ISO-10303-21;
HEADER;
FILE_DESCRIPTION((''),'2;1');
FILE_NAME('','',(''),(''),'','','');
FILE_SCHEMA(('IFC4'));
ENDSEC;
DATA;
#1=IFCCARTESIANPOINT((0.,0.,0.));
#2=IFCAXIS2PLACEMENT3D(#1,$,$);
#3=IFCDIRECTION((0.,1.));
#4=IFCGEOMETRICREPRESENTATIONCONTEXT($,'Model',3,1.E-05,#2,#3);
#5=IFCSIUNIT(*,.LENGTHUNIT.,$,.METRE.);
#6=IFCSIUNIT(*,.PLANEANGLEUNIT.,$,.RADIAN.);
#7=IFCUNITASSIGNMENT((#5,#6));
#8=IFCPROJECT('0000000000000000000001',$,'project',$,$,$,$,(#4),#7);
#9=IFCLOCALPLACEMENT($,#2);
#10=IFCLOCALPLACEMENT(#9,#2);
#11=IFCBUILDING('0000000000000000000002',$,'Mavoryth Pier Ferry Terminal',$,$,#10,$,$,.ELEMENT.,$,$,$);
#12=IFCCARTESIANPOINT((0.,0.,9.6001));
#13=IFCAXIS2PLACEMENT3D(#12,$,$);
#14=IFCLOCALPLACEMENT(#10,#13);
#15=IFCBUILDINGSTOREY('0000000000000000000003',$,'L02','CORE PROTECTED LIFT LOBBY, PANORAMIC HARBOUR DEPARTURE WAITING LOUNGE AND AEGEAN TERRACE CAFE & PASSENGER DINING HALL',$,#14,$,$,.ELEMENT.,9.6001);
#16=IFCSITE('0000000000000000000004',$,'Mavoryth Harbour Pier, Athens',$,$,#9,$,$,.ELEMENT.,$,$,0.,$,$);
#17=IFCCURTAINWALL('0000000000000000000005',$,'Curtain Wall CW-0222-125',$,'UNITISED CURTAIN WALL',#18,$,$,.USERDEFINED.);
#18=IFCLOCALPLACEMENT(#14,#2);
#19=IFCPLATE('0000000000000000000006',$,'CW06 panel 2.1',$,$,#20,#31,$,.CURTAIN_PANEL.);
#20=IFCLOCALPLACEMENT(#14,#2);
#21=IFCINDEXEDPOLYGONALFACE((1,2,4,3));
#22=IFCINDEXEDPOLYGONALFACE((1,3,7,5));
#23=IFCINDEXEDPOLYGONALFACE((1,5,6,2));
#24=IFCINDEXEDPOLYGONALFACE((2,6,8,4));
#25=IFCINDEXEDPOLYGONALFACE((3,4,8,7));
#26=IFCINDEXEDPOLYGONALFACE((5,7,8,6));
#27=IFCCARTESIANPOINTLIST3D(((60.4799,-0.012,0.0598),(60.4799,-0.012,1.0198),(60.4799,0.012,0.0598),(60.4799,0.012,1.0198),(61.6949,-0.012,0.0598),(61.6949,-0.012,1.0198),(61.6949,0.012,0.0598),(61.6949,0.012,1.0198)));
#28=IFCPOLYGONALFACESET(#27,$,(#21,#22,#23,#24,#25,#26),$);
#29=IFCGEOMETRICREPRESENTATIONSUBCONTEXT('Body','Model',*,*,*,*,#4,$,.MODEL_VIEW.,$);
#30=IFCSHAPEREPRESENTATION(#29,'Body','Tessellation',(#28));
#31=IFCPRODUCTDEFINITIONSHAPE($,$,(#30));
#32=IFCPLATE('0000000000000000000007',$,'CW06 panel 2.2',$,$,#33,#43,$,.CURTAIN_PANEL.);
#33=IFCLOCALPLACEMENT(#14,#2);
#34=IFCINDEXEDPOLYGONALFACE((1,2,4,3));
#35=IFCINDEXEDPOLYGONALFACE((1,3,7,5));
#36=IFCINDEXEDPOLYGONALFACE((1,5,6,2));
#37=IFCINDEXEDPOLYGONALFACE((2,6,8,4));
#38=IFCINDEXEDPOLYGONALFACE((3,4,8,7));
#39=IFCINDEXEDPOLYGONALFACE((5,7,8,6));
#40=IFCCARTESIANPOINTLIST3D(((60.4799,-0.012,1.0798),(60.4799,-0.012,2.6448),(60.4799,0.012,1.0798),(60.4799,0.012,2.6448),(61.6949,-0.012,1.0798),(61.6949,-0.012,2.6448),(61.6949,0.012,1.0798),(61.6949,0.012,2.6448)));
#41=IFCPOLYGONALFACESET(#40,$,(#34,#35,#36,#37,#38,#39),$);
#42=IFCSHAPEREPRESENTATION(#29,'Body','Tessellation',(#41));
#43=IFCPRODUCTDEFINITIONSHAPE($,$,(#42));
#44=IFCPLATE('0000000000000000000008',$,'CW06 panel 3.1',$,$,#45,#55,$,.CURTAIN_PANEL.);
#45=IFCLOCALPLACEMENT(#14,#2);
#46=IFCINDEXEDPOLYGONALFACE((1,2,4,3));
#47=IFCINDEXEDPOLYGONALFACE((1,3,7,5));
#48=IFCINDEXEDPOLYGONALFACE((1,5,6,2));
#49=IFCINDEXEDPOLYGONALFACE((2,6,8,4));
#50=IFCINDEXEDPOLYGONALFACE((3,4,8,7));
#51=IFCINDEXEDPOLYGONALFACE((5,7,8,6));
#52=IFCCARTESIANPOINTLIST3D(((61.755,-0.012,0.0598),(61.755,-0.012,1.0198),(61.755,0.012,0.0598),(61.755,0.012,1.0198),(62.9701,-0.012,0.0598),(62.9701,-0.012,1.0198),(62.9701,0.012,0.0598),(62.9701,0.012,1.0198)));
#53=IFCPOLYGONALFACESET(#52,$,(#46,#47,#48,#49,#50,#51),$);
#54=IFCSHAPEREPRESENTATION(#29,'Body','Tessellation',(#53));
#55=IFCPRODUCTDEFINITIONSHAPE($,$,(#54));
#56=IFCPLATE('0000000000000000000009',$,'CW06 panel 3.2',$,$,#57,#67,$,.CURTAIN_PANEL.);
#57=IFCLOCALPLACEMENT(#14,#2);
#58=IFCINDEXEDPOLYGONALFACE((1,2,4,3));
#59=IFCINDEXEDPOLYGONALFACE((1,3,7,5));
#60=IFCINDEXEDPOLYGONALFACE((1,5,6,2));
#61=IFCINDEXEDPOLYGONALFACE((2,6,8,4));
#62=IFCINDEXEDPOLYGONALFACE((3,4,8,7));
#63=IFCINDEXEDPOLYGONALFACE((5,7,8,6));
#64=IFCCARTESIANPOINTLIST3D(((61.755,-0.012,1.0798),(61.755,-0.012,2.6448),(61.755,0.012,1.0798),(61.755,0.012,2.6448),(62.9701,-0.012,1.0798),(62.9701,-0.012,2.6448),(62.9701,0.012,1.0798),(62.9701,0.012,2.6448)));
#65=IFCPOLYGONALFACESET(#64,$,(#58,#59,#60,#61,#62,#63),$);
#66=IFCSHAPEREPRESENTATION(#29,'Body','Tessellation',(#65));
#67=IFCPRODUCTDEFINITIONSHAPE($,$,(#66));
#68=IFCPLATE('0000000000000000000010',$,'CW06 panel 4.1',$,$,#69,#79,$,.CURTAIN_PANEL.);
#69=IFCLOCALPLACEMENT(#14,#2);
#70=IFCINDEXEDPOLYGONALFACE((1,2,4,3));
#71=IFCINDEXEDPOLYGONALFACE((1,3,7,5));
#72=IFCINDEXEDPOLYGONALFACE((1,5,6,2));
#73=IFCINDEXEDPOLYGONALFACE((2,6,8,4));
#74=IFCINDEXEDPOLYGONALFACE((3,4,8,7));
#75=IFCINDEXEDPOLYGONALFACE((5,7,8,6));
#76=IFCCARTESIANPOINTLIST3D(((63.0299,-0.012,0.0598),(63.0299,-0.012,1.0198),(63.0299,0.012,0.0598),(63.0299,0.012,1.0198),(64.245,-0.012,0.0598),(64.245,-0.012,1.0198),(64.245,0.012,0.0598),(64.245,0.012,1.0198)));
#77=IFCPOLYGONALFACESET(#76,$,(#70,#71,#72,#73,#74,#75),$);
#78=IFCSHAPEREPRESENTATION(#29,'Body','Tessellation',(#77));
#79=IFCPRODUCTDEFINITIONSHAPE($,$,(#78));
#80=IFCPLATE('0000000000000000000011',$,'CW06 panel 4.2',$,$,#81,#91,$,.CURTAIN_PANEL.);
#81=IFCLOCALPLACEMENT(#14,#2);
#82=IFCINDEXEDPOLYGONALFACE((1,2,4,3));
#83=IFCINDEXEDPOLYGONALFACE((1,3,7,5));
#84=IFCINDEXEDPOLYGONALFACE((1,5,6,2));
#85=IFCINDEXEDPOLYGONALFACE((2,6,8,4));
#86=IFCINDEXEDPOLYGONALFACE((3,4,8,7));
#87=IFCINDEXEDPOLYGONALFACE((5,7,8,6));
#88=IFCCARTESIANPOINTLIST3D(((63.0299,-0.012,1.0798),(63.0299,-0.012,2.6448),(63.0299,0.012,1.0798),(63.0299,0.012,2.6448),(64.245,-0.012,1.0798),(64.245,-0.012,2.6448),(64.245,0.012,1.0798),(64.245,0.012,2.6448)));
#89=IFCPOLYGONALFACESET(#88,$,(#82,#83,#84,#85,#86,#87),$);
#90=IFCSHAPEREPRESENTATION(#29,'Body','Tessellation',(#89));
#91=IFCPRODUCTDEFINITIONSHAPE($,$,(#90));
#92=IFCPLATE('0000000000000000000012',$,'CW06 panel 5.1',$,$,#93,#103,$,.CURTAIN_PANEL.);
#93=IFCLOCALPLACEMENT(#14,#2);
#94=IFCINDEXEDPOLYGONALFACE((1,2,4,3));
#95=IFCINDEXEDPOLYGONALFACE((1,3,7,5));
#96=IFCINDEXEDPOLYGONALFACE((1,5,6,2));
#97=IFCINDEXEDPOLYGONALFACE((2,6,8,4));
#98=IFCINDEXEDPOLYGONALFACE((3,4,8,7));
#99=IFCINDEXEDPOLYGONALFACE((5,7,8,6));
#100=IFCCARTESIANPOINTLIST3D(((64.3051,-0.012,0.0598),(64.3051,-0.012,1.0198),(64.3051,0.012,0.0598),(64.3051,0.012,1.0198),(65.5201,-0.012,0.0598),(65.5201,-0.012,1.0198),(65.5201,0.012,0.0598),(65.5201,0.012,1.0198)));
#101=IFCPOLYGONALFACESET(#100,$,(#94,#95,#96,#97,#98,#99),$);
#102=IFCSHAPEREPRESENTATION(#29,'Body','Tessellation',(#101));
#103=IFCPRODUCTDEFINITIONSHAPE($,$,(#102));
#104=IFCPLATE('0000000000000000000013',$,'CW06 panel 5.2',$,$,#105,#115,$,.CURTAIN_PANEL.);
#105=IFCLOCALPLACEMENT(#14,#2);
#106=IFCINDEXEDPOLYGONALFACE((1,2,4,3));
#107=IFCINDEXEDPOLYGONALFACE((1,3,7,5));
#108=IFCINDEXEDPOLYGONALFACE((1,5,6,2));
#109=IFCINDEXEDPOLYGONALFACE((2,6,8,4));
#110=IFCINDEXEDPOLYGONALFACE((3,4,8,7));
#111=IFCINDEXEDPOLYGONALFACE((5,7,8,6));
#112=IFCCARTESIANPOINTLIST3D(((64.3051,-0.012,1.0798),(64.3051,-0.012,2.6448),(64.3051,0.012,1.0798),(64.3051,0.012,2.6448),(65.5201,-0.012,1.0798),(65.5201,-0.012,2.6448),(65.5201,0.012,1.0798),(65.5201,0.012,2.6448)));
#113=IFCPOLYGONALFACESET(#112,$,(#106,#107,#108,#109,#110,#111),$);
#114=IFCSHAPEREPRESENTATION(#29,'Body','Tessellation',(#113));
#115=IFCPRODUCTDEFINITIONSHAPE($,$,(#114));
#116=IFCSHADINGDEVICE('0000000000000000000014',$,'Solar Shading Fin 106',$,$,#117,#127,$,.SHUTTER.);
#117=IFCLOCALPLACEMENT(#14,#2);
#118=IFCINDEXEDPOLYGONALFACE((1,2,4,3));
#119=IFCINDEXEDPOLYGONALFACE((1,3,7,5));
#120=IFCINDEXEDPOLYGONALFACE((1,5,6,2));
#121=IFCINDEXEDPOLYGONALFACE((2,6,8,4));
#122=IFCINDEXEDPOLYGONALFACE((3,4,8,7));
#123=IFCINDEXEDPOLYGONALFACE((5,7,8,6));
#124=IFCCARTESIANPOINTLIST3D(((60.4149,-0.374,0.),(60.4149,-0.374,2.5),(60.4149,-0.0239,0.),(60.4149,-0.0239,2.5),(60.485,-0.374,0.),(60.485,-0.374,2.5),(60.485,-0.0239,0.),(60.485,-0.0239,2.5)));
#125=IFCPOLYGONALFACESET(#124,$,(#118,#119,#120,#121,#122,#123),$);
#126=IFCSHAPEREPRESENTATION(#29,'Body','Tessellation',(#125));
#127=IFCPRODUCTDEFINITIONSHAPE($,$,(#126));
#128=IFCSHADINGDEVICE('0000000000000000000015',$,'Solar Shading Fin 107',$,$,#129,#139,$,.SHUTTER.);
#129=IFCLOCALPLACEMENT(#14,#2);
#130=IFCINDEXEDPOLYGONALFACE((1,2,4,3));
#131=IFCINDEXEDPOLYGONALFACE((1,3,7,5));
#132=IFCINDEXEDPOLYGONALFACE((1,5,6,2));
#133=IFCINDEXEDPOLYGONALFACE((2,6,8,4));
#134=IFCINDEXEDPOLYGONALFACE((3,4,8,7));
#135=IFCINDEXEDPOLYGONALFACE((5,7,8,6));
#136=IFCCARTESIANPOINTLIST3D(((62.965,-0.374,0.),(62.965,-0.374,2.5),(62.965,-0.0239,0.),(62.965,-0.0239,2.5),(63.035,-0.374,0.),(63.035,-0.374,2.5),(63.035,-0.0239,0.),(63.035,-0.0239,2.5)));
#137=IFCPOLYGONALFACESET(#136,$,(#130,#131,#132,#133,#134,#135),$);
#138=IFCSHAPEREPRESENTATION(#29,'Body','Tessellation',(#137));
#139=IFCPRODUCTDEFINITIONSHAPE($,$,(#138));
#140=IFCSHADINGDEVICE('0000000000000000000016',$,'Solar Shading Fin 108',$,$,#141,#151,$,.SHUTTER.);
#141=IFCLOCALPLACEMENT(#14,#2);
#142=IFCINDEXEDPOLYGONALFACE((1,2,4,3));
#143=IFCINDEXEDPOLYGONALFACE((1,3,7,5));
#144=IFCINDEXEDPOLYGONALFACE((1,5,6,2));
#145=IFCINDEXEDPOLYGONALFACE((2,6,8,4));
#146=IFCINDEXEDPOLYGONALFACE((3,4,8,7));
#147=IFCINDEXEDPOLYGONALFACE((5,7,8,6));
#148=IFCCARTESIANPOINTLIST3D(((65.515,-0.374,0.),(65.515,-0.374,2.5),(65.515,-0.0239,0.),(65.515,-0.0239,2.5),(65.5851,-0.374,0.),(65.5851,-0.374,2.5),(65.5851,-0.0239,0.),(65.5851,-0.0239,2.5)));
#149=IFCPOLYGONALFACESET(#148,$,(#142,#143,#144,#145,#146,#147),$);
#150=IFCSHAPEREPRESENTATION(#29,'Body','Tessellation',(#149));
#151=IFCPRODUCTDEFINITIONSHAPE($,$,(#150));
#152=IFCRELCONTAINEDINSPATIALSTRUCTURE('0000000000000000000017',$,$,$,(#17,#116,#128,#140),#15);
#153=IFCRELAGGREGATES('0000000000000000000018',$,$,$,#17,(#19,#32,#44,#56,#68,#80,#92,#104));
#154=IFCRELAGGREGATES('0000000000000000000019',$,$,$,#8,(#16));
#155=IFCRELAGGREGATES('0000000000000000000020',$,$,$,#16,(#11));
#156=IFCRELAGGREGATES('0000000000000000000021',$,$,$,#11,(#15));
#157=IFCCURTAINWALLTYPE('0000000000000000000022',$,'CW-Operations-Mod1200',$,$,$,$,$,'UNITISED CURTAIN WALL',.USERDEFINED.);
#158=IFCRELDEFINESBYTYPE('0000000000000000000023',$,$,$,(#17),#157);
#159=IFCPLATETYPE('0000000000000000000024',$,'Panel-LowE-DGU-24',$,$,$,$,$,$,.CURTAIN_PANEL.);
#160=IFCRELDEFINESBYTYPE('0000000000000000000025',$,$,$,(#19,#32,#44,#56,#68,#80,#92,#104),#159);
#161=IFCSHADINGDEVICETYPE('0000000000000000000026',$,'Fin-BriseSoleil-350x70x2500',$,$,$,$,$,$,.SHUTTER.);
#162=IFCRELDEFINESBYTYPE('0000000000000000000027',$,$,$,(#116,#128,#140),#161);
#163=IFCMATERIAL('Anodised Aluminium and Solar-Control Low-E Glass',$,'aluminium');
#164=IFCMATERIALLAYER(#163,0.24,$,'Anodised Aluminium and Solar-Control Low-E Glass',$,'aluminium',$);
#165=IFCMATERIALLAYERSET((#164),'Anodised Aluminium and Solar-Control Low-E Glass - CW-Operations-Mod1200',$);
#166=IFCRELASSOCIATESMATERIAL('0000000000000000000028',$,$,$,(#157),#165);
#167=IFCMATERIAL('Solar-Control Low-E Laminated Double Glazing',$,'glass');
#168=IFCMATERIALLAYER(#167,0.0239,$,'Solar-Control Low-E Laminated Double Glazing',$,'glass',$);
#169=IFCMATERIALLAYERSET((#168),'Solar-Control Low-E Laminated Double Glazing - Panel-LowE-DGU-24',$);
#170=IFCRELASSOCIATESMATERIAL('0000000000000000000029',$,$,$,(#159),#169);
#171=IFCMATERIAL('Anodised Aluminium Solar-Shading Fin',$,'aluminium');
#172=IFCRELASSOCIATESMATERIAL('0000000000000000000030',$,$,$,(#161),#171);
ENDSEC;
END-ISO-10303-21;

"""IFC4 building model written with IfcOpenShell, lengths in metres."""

from ifc_helpers import new_model, si_unit, direction, frame, origin, origin_2d, place, context, subcontext, project, spatial, rectangle, extrude, material, layer, layer_set, type_object, element, aggregate, save


model = new_model("IFC4")

# Units and contexts
model_context = context("Model", 3, precision=1e-05, world=origin(), true_north=direction((0.0, 1.0)))
body_context = subcontext(model_context, "Body", "Model", "MODEL_VIEW")
ifc_project = project(units=[si_unit("LENGTHUNIT", "METRE"), si_unit("PLANEANGLEUNIT", "RADIAN")], contexts=[model_context])

# Site, building, storey
site_placement = place(None, origin())
site = spatial("IfcSite", under=ifc_project, at=site_placement, Name="Mavoryth Harbour Pier, Athens", CompositionType="ELEMENT", RefElevation=0.0)
building_placement = place(site_placement, origin())
building = spatial("IfcBuilding", under=site, at=building_placement, Name="Mavoryth Pier Ferry Terminal", CompositionType="ELEMENT")
storey_placement = place(building_placement, frame((0.0, 0.0, 9.6001)))
storey = spatial("IfcBuildingStorey", under=building, at=storey_placement, Name="L02", Description="CORE PROTECTED LIFT LOBBY, PANORAMIC HARBOUR DEPARTURE WAITING LOUNGE AND AEGEAN TERRACE CAFE & PASSENGER DINING HALL", CompositionType="ELEMENT", Elevation=9.6001)

# Shared definitions
ifc_material_1 = material(Name="Anodised Aluminium and Solar-Control Low-E Glass", Category="aluminium")
ifc_layer_1 = layer(ifc_material_1, 0.24, Name="Anodised Aluminium and Solar-Control Low-E Glass", Category="aluminium")
ifc_layer_set_1 = layer_set([ifc_layer_1], Name="Anodised Aluminium and Solar-Control Low-E Glass - CW-Operations-Mod1200")
curtain_wall_type = type_object("IfcCurtainWallType", Name="CW-Operations-Mod1200", ElementType="UNITISED CURTAIN WALL", PredefinedType="USERDEFINED", material=ifc_layer_set_1)

# Curtain wall
curtain_wall_1_placement = place(storey_placement, origin())
curtain_wall_1 = element("IfcCurtainWall", 1, at=curtain_wall_1_placement, inside=storey, type_object=curtain_wall_type, Name="Curtain Wall CW-0222-125", ObjectType="UNITISED CURTAIN WALL", PredefinedType="USERDEFINED")

# Plates
ifc_material_2 = material(Name="Solar-Control Low-E Laminated Double Glazing", Category="glass")
ifc_layer_2 = layer(ifc_material_2, 0.0239, Name="Solar-Control Low-E Laminated Double Glazing", Category="glass")
ifc_layer_set_2 = layer_set([ifc_layer_2], Name="Solar-Control Low-E Laminated Double Glazing - Panel-LowE-DGU-24")
plate_type = type_object("IfcPlateType", Name="Panel-LowE-DGU-24", PredefinedType="CURTAIN_PANEL", material=ifc_layer_set_2)
plate_1_placement = place(storey_placement, frame((61.0874, 0.0, 0.0598), z_axis=(0.0, 0.0, 1.0), x_axis=(1.0, 0.0, 0.0)))
plate_1 = element("IfcPlate", 2, at=plate_1_placement, type_object=plate_type, Name="CW06 panel 2.1", PredefinedType="CURTAIN_PANEL", context=body_context, shape_type="SweptSolid", body=[
    extrude(rectangle(XDim=1.2151, YDim=0.0239, at=origin_2d()), origin(), (0.0, 0.0, 1.0), 0.96),
])
plate_2_placement = place(storey_placement, frame((61.0874, 0.0, 1.0798), z_axis=(0.0, 0.0, 1.0), x_axis=(1.0, 0.0, 0.0)))
plate_2 = element("IfcPlate", 3, at=plate_2_placement, type_object=plate_type, Name="CW06 panel 2.2", PredefinedType="CURTAIN_PANEL", context=body_context, shape_type="SweptSolid", body=[
    extrude(rectangle(XDim=1.2151, YDim=0.0239, at=origin_2d()), origin(), (0.0, 0.0, 1.0), 1.5649),
])
plate_3_placement = place(storey_placement, frame((62.3625, 0.0, 0.0598), z_axis=(0.0, 0.0, 1.0), x_axis=(1.0, 0.0, 0.0)))
plate_3 = element("IfcPlate", 4, at=plate_3_placement, type_object=plate_type, Name="CW06 panel 3.1", PredefinedType="CURTAIN_PANEL", context=body_context, shape_type="SweptSolid", body=[
    extrude(rectangle(XDim=1.2151, YDim=0.0239, at=origin_2d()), origin(), (0.0, 0.0, 1.0), 0.96),
])
plate_4_placement = place(storey_placement, frame((62.3625, 0.0, 1.0798), z_axis=(0.0, 0.0, 1.0), x_axis=(1.0, 0.0, 0.0)))
plate_4 = element("IfcPlate", 5, at=plate_4_placement, type_object=plate_type, Name="CW06 panel 3.2", PredefinedType="CURTAIN_PANEL", context=body_context, shape_type="SweptSolid", body=[
    extrude(rectangle(XDim=1.2151, YDim=0.0239, at=origin_2d()), origin(), (0.0, 0.0, 1.0), 1.5649),
])
plate_5_placement = place(storey_placement, frame((63.6375, 0.0, 0.0598), z_axis=(0.0, 0.0, 1.0), x_axis=(1.0, 0.0, 0.0)))
plate_5 = element("IfcPlate", 6, at=plate_5_placement, type_object=plate_type, Name="CW06 panel 4.1", PredefinedType="CURTAIN_PANEL", context=body_context, shape_type="SweptSolid", body=[
    extrude(rectangle(XDim=1.2151, YDim=0.0239, at=origin_2d()), origin(), (0.0, 0.0, 1.0), 0.96),
])
plate_6_placement = place(storey_placement, frame((63.6375, 0.0, 1.0798), z_axis=(0.0, 0.0, 1.0), x_axis=(1.0, 0.0, 0.0)))
plate_6 = element("IfcPlate", 7, at=plate_6_placement, type_object=plate_type, Name="CW06 panel 4.2", PredefinedType="CURTAIN_PANEL", context=body_context, shape_type="SweptSolid", body=[
    extrude(rectangle(XDim=1.2151, YDim=0.0239, at=origin_2d()), origin(), (0.0, 0.0, 1.0), 1.5649),
])
plate_7_placement = place(storey_placement, frame((64.9126, 0.0, 0.0598), z_axis=(0.0, 0.0, 1.0), x_axis=(1.0, 0.0, 0.0)))
plate_7 = element("IfcPlate", 8, at=plate_7_placement, type_object=plate_type, Name="CW06 panel 5.1", PredefinedType="CURTAIN_PANEL", context=body_context, shape_type="SweptSolid", body=[
    extrude(rectangle(XDim=1.2151, YDim=0.0239, at=origin_2d()), origin(), (0.0, 0.0, 1.0), 0.96),
])
plate_8_placement = place(storey_placement, frame((64.9126, 0.0, 1.0798), z_axis=(0.0, 0.0, 1.0), x_axis=(1.0, 0.0, 0.0)))
plate_8 = element("IfcPlate", 9, at=plate_8_placement, type_object=plate_type, Name="CW06 panel 5.2", PredefinedType="CURTAIN_PANEL", context=body_context, shape_type="SweptSolid", body=[
    extrude(rectangle(XDim=1.2151, YDim=0.0239, at=origin_2d()), origin(), (0.0, 0.0, 1.0), 1.5649),
])
aggregate(curtain_wall_1, [plate_1, plate_2, plate_3, plate_4, plate_5, plate_6, plate_7, plate_8])

# Shading devices
ifc_material_3 = material(Name="Anodised Aluminium Solar-Shading Fin", Category="aluminium")
shading_device_type = type_object("IfcShadingDeviceType", Name="Fin-BriseSoleil-350x70x2500", PredefinedType="SHUTTER", material=ifc_material_3)
for number, where, z_axis, x_axis, name in (
    (10, (60.45, -0.199, 0.0), (0.0, 0.0, 1.0), (1.0, 0.0, 0.0), "Solar Shading Fin 106"),
    (11, (63.0, -0.199, 0.0), (0.0, 0.0, 1.0), (1.0, 0.0, 0.0), "Solar Shading Fin 107"),
    (12, (65.55, -0.199, 0.0), (0.0, 0.0, 1.0), (1.0, 0.0, 0.0), "Solar Shading Fin 108"),
):
    element("IfcShadingDevice", number, at=place(storey_placement, frame(where, z_axis=z_axis, x_axis=x_axis)), inside=storey, type_object=shading_device_type, Name=name, PredefinedType="SHUTTER", context=body_context, shape_type="SweptSolid", body=[
        extrude(rectangle(XDim=0.0701, YDim=0.3501, at=origin_2d()), origin(), (0.0, 0.0, 1.0), 2.5),
    ])

save(model, "model.ifc")
